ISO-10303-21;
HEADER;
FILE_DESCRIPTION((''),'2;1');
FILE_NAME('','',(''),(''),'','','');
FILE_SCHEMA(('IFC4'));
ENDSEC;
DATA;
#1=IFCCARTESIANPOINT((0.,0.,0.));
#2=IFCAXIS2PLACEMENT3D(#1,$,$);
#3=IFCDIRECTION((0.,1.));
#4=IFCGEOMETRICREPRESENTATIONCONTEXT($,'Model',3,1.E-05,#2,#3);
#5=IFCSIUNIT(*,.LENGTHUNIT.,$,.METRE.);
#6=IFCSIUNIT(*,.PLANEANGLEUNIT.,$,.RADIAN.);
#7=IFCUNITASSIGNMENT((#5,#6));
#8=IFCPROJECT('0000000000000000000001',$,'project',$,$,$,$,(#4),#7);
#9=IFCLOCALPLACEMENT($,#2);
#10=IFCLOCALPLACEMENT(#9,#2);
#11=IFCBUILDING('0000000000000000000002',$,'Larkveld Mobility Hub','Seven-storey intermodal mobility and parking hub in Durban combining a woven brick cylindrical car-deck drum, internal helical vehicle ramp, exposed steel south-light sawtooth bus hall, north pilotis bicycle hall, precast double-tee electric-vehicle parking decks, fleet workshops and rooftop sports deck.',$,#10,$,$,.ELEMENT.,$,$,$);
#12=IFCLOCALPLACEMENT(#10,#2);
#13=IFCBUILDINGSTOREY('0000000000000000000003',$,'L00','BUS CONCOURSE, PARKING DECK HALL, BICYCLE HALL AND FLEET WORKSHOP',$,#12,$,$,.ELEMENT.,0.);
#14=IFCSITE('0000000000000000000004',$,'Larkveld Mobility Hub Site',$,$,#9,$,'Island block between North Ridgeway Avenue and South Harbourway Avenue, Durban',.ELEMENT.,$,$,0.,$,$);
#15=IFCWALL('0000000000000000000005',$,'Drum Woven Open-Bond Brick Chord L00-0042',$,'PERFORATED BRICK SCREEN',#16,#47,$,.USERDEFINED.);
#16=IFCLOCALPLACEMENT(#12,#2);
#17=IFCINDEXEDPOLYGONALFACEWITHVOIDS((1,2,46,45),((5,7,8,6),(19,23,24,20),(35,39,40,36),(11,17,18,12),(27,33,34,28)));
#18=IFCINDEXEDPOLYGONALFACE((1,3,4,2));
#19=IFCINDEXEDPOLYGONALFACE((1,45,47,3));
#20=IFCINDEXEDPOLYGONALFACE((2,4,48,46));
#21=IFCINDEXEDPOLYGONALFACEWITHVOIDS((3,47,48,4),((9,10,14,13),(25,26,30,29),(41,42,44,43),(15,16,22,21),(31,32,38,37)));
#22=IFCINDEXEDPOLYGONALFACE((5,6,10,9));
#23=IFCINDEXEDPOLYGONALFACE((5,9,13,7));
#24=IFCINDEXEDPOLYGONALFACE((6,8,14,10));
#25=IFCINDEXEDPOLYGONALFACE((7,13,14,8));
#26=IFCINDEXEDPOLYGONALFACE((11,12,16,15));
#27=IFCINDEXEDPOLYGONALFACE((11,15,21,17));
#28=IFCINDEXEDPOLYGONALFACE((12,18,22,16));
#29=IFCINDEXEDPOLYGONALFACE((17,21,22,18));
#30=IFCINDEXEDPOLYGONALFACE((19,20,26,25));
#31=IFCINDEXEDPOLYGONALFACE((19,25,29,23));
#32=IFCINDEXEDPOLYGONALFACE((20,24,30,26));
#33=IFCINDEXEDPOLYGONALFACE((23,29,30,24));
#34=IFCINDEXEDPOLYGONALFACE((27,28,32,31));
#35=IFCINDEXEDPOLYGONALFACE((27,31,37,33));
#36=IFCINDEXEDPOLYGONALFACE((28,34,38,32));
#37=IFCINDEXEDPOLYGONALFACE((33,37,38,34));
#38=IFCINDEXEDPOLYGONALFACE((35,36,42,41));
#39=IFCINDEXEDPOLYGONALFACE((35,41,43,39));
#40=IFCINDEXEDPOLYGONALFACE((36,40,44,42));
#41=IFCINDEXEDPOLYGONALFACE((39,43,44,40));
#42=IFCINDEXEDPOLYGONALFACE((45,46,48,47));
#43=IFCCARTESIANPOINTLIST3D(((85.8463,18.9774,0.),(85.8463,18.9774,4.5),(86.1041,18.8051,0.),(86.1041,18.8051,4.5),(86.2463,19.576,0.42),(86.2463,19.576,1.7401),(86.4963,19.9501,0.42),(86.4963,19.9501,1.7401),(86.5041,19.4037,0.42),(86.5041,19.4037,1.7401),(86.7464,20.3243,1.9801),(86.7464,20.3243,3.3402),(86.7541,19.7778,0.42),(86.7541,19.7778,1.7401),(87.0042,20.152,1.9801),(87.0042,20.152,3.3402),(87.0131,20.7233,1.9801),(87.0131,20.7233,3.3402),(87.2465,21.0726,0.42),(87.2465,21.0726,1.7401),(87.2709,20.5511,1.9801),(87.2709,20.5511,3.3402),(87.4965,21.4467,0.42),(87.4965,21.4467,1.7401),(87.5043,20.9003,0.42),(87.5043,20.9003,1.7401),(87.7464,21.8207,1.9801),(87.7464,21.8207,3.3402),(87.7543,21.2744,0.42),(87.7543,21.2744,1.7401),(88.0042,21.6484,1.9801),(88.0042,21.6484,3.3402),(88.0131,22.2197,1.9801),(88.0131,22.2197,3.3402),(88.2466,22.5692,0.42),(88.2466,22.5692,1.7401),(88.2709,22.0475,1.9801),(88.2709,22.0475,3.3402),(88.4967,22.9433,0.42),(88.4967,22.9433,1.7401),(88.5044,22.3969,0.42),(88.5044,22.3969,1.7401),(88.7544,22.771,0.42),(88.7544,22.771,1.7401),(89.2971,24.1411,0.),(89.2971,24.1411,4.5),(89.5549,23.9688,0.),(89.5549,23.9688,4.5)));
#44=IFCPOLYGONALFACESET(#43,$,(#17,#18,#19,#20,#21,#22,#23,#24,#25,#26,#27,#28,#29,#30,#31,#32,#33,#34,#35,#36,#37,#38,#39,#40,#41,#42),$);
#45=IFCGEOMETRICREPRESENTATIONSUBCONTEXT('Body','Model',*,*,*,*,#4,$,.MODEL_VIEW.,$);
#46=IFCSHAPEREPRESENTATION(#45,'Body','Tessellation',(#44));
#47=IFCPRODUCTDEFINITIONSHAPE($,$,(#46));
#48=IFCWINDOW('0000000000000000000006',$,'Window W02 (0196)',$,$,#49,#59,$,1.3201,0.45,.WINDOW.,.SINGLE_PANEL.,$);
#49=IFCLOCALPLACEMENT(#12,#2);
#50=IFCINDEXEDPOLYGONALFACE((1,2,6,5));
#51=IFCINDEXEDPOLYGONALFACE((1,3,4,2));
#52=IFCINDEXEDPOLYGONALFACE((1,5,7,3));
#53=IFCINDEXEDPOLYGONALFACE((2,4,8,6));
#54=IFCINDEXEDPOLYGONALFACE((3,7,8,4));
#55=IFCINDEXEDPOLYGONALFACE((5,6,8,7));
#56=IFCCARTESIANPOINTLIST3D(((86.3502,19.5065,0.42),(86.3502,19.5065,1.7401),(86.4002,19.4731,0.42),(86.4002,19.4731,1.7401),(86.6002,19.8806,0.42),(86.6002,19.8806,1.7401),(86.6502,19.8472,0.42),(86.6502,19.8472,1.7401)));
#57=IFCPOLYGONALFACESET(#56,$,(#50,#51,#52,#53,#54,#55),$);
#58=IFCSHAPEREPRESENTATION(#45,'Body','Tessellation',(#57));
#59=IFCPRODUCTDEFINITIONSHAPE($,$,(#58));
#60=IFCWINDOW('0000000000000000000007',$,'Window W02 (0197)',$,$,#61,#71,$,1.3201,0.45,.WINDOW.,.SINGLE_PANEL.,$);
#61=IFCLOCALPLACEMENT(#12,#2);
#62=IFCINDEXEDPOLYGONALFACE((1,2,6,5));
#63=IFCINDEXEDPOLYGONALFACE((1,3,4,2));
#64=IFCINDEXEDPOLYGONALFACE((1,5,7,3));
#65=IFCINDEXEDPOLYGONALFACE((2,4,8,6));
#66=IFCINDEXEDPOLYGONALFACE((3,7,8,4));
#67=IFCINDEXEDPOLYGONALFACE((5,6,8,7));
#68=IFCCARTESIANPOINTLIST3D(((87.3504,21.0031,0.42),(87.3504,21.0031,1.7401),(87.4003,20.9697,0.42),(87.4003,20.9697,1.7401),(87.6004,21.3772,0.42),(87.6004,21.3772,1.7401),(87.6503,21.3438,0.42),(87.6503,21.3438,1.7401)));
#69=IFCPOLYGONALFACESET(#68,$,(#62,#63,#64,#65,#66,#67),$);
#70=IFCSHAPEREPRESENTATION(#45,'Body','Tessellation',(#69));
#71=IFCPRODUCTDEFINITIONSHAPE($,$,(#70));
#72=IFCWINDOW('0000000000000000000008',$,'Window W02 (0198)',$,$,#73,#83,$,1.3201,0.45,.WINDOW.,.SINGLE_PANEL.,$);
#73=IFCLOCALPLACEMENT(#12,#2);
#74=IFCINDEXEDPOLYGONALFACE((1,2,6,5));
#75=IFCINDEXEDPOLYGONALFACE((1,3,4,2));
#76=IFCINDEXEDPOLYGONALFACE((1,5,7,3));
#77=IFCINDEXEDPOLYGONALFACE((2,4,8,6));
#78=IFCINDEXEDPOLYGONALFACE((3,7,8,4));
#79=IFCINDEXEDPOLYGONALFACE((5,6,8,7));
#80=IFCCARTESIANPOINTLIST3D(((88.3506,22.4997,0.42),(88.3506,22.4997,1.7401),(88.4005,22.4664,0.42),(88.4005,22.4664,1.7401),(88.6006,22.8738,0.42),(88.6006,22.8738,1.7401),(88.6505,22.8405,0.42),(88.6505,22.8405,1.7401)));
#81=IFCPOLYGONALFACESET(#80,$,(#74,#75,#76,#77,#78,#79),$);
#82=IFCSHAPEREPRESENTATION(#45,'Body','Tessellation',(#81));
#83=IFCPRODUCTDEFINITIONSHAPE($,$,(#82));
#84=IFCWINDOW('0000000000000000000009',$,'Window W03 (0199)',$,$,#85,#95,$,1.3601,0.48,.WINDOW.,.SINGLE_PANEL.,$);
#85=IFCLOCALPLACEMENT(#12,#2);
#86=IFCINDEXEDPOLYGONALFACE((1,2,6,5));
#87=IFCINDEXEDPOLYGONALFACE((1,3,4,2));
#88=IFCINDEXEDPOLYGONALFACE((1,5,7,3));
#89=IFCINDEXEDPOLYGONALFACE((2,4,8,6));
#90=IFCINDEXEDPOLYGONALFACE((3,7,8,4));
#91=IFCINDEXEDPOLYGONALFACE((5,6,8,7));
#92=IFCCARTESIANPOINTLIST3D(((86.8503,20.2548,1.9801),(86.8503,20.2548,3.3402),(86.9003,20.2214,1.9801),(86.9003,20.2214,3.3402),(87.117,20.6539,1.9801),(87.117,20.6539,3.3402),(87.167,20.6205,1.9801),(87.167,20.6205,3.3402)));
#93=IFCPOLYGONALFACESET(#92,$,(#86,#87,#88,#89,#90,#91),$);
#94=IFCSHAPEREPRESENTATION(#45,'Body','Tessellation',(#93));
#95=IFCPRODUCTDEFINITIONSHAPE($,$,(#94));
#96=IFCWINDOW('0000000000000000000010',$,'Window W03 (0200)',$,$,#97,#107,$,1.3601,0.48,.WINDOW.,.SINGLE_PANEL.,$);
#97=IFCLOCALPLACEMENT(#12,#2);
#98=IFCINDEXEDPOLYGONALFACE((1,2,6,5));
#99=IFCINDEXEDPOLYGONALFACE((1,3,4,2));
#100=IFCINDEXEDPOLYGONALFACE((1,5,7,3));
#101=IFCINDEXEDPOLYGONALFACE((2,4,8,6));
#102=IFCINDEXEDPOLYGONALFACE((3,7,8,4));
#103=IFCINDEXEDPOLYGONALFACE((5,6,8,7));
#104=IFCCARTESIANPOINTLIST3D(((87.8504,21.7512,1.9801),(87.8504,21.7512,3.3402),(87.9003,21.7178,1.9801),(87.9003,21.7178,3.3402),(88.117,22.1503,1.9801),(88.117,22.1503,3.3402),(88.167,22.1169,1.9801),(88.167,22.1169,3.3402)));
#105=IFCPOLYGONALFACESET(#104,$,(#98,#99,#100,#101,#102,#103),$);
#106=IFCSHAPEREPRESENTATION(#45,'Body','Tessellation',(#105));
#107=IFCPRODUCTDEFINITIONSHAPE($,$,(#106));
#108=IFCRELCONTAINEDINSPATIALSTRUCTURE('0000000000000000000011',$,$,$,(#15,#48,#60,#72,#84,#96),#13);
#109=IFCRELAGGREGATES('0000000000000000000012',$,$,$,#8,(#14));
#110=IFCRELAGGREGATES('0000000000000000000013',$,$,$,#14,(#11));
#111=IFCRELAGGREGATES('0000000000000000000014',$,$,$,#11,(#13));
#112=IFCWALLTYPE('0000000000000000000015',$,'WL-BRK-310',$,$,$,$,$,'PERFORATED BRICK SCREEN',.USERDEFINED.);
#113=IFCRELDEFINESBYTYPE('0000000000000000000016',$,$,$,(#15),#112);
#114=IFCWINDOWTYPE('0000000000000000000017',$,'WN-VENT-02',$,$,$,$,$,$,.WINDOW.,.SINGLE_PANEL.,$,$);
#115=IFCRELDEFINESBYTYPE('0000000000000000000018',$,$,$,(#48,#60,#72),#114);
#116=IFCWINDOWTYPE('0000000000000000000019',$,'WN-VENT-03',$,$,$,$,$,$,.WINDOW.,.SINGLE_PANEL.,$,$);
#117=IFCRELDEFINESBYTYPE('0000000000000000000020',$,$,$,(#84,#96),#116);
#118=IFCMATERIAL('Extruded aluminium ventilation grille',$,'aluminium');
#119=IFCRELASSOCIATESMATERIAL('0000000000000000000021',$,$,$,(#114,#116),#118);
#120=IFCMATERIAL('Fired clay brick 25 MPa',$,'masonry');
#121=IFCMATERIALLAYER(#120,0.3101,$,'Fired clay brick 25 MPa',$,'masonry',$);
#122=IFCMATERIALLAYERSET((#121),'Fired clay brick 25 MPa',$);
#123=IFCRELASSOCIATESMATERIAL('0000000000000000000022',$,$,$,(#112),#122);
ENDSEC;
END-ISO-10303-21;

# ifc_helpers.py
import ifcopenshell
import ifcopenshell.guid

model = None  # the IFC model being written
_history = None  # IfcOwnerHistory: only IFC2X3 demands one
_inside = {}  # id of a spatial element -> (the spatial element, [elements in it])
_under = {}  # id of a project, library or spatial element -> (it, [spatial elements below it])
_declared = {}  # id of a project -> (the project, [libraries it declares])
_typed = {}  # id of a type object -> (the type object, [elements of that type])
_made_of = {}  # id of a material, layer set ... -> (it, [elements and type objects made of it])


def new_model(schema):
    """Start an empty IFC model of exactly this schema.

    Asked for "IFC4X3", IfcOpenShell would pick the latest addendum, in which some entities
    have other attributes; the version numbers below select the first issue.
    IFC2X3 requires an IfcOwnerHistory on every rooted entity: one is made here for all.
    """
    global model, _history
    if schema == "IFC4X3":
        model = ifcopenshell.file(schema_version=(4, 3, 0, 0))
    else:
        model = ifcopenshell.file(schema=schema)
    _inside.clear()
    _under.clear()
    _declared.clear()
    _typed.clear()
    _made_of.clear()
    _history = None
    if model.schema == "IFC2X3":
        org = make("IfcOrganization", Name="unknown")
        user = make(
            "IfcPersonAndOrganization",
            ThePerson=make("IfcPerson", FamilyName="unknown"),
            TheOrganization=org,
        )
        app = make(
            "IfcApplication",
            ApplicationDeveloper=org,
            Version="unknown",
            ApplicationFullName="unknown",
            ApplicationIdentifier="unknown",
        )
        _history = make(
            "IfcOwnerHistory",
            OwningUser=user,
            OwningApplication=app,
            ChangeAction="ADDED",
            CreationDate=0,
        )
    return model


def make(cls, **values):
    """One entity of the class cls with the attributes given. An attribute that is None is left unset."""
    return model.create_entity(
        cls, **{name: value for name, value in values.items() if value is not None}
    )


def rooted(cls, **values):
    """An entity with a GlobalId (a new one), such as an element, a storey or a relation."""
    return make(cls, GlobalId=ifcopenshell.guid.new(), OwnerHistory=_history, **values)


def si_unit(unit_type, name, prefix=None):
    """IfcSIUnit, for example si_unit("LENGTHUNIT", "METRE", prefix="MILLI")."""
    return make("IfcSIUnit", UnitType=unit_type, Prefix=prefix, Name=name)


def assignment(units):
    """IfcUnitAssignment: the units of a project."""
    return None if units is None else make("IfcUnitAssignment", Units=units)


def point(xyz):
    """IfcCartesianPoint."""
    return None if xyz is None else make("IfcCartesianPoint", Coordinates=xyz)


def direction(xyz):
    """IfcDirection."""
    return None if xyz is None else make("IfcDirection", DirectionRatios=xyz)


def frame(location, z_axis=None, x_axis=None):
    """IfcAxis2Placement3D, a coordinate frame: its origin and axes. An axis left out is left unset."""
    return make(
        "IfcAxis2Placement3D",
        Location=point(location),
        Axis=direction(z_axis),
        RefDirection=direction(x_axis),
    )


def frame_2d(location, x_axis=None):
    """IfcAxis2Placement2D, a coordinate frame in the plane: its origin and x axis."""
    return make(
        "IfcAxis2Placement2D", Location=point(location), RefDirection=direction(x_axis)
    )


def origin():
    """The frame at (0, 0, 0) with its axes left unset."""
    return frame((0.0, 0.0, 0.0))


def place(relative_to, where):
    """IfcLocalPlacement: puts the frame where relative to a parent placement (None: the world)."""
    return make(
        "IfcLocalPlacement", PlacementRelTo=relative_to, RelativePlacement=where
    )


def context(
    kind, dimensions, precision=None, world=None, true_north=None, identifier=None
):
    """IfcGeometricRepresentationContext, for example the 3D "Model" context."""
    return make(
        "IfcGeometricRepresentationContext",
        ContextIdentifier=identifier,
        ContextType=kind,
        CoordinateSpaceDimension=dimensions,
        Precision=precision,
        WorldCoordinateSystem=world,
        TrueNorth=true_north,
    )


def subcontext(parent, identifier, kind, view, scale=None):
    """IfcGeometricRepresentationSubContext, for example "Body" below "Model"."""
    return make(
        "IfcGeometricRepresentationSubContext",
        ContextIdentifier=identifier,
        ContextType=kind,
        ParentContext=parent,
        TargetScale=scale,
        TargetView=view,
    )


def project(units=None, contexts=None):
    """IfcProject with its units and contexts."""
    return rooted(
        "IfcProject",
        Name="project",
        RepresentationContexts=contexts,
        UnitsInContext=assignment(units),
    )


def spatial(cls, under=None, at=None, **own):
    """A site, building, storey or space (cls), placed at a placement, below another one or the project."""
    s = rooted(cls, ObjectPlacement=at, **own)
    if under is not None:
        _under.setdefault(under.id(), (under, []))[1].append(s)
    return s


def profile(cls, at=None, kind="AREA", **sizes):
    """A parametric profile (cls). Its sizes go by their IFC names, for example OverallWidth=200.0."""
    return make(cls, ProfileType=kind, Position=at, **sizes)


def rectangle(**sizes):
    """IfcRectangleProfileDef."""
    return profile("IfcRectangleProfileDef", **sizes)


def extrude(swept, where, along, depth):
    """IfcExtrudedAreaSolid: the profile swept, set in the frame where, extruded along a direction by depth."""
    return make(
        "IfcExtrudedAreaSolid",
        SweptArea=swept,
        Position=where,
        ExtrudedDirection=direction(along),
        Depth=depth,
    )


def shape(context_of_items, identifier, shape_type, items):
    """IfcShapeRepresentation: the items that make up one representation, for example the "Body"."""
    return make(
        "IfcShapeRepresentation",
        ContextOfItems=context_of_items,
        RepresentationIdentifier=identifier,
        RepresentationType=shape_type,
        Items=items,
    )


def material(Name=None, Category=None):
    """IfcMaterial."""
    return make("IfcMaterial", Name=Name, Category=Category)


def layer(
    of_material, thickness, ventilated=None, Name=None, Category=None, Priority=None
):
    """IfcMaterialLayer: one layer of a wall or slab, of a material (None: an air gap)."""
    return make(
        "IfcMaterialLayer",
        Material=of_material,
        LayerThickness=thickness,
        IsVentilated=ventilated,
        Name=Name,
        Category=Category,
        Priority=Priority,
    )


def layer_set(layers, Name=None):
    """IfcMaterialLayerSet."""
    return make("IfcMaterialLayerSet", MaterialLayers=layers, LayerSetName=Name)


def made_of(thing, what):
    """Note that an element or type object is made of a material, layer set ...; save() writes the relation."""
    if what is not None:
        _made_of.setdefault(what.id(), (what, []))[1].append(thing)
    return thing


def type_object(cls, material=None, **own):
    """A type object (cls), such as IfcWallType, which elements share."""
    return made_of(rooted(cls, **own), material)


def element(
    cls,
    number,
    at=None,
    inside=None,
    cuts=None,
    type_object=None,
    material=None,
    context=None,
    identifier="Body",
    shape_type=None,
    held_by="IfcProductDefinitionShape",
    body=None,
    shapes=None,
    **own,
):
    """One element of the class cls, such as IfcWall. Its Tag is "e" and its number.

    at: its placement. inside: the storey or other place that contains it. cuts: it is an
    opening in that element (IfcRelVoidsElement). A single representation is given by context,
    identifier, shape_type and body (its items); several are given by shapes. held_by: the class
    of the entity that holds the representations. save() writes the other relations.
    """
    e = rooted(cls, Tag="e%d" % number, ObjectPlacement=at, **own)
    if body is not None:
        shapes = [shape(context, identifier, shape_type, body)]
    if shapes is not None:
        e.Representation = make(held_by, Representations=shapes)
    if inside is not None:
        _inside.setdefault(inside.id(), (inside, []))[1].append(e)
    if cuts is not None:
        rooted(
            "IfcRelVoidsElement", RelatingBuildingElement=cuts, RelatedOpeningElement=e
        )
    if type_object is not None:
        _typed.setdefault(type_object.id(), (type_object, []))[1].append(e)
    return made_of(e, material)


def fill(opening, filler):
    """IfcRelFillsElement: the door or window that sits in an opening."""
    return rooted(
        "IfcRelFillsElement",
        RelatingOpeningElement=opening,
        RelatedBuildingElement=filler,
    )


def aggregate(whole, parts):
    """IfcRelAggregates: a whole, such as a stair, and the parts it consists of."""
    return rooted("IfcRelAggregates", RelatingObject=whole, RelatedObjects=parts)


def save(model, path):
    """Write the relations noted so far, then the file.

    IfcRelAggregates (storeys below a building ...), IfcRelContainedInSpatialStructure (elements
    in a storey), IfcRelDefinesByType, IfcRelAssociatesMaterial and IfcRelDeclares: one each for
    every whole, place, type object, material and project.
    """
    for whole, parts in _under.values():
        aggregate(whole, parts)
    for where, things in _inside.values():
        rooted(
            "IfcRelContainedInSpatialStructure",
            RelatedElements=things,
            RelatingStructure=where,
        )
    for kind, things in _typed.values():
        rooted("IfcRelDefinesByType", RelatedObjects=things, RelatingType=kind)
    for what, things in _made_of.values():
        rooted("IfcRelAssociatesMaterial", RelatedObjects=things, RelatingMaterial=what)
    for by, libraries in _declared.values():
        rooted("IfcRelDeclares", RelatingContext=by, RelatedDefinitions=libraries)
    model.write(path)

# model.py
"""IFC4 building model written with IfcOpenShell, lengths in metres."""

from ifc_helpers import new_model, si_unit, direction, frame, frame_2d, origin, place, context, subcontext, project, spatial, rectangle, extrude, material, layer, layer_set, type_object, element, fill, save


model = new_model("IFC4")

# Units and contexts
model_context = context("Model", 3, precision=1e-05, world=origin(), true_north=direction((0.0, 1.0)))
body_context = subcontext(model_context, "Body", "Model", "MODEL_VIEW")
ifc_project = project(units=[si_unit("LENGTHUNIT", "METRE"), si_unit("PLANEANGLEUNIT", "RADIAN")], contexts=[model_context])

# Site, building, storey
site_placement = place(None, origin())
site = spatial("IfcSite", under=ifc_project, at=site_placement, Name="Larkveld Mobility Hub Site", LongName="Island block between North Ridgeway Avenue and South Harbourway Avenue, Durban", CompositionType="ELEMENT", RefElevation=0.0)
building_placement = place(site_placement, origin())
building = spatial("IfcBuilding", under=site, at=building_placement, Name="Larkveld Mobility Hub", Description="Seven-storey intermodal mobility and parking hub in Durban combining a woven brick cylindrical car-deck drum, internal helical vehicle ramp, exposed steel south-light sawtooth bus hall, north pilotis bicycle hall, precast double-tee electric-vehicle parking decks, fleet workshops and rooftop sports deck.", CompositionType="ELEMENT")
storey_placement = place(building_placement, origin())
storey = spatial("IfcBuildingStorey", under=building, at=storey_placement, Name="L00", Description="BUS CONCOURSE, PARKING DECK HALL, BICYCLE HALL AND FLEET WORKSHOP", CompositionType="ELEMENT", Elevation=0.0)

# Wall, openings, windows
ifc_material_1 = material(Name="Fired clay brick 25 MPa", Category="masonry")
ifc_material_2 = material(Name="Extruded aluminium ventilation grille", Category="aluminium")
window_type_1 = type_object("IfcWindowType", Name="WN-VENT-02", PartitioningType="SINGLE_PANEL", PredefinedType="WINDOW", material=ifc_material_2)
ifc_layer_1 = layer(ifc_material_1, 0.3101, Name="Fired clay brick 25 MPa", Category="masonry")
ifc_layer_set_1 = layer_set([ifc_layer_1], Name="Fired clay brick 25 MPa")
wall_type_1 = type_object("IfcWallType", Name="WL-BRK-310", ElementType="PERFORATED BRICK SCREEN", PredefinedType="USERDEFINED", material=ifc_layer_set_1)
wall_1_placement = place(storey_placement, frame((85.9751, 18.8911, 0.0), z_axis=(0.0, 0.0, 1.0), x_axis=(0.555634, 0.831427, 0.0)))
wall_1 = element("IfcWall", 1, at=wall_1_placement, inside=storey, type_object=wall_type_1, Name="Drum Woven Open-Bond Brick Chord L00-0042", ObjectType="PERFORATED BRICK SCREEN", PredefinedType="USERDEFINED", context=body_context, shape_type="SweptSolid", body=[
    extrude(rectangle(XDim=6.2107, YDim=0.3101, at=frame_2d((3.1055, 0.0))), origin(), (0.0, 0.0, 1.0), 4.5),
])
opening_1_placement = place(wall_1_placement, frame((0.72, 0.0, 0.4199)))
opening_1 = element("IfcOpeningElement", 2, at=opening_1_placement, cuts=wall_1, PredefinedType="OPENING", context=body_context, shape_type="SweptSolid", body=[
    extrude(rectangle(XDim=0.45, YDim=1.3201, at=frame_2d((0.2251, 0.6602))), frame((0.0, 0.165, 0.0), z_axis=(0.0, -1.0, 0.0), x_axis=(1.0, 0.0, 0.0)), (0.0, 0.0, 1.0), 0.3301),
])
opening_2_placement = place(wall_1_placement, frame((2.52, 0.0, 0.4199)))
opening_2 = element("IfcOpeningElement", 3, at=opening_2_placement, cuts=wall_1, PredefinedType="OPENING", context=body_context, shape_type="SweptSolid", body=[
    extrude(rectangle(XDim=0.45, YDim=1.3201, at=frame_2d((0.2251, 0.6602))), frame((0.0, 0.165, 0.0), z_axis=(0.0, -1.0, 0.0), x_axis=(1.0, 0.0, 0.0)), (0.0, 0.0, 1.0), 0.3301),
])
opening_3_placement = place(wall_1_placement, frame((4.3201, 0.0, 0.4199)))
opening_3 = element("IfcOpeningElement", 4, at=opening_3_placement, cuts=wall_1, PredefinedType="OPENING", context=body_context, shape_type="SweptSolid", body=[
    extrude(rectangle(XDim=0.45, YDim=1.3201, at=frame_2d((0.2251, 0.6602))), frame((0.0, 0.165, 0.0), z_axis=(0.0, -1.0, 0.0), x_axis=(1.0, 0.0, 0.0)), (0.0, 0.0, 1.0), 0.3301),
])
opening_4_placement = place(wall_1_placement, frame((1.6201, 0.0, 1.98)))
opening_4 = element("IfcOpeningElement", 5, at=opening_4_placement, cuts=wall_1, PredefinedType="OPENING", context=body_context, shape_type="SweptSolid", body=[
    extrude(rectangle(XDim=0.48, YDim=1.3601, at=frame_2d((0.24, 0.6802))), frame((0.0, 0.165, 0.0), z_axis=(0.0, -1.0, 0.0), x_axis=(1.0, 0.0, 0.0)), (0.0, 0.0, 1.0), 0.3301),
])
opening_5_placement = place(wall_1_placement, frame((3.4199, 0.0, 1.98)))
opening_5 = element("IfcOpeningElement", 6, at=opening_5_placement, cuts=wall_1, PredefinedType="OPENING", context=body_context, shape_type="SweptSolid", body=[
    extrude(rectangle(XDim=0.48, YDim=1.3601, at=frame_2d((0.24, 0.6802))), frame((0.0, 0.165, 0.0), z_axis=(0.0, -1.0, 0.0), x_axis=(1.0, 0.0, 0.0)), (0.0, 0.0, 1.0), 0.3301),
])
window_1_placement = place(opening_1_placement, origin())
window_1 = element("IfcWindow", 7, at=window_1_placement, inside=storey, type_object=window_type_1, Name="Window W02 (0196)", OverallHeight=1.3201, OverallWidth=0.45, PartitioningType="SINGLE_PANEL", PredefinedType="WINDOW", context=body_context, shape_type="SweptSolid", body=[
    extrude(rectangle(XDim=0.45, YDim=1.3201, at=frame_2d((0.2251, 0.6602))), frame((0.0, 0.03, 0.0), z_axis=(0.0, -1.0, 0.0), x_axis=(1.0, 0.0, 0.0)), (0.0, 0.0, 1.0), 0.0601),
])
fill(opening_1, window_1)
window_2_placement = place(opening_2_placement, origin())
window_2 = element("IfcWindow", 8, at=window_2_placement, inside=storey, type_object=window_type_1, Name="Window W02 (0197)", OverallHeight=1.3201, OverallWidth=0.45, PartitioningType="SINGLE_PANEL", PredefinedType="WINDOW", context=body_context, shape_type="SweptSolid", body=[
    extrude(rectangle(XDim=0.45, YDim=1.3201, at=frame_2d((0.2251, 0.6602))), frame((0.0, 0.03, 0.0), z_axis=(0.0, -1.0, 0.0), x_axis=(1.0, 0.0, 0.0)), (0.0, 0.0, 1.0), 0.0601),
])
fill(opening_2, window_2)
window_3_placement = place(opening_3_placement, origin())
window_3 = element("IfcWindow", 9, at=window_3_placement, inside=storey, type_object=window_type_1, Name="Window W02 (0198)", OverallHeight=1.3201, OverallWidth=0.45, PartitioningType="SINGLE_PANEL", PredefinedType="WINDOW", context=body_context, shape_type="SweptSolid", body=[
    extrude(rectangle(XDim=0.45, YDim=1.3201, at=frame_2d((0.2251, 0.6602))), frame((0.0, 0.03, 0.0), z_axis=(0.0, -1.0, 0.0), x_axis=(1.0, 0.0, 0.0)), (0.0, 0.0, 1.0), 0.0601),
])
fill(opening_3, window_3)
window_type_2 = type_object("IfcWindowType", Name="WN-VENT-03", PartitioningType="SINGLE_PANEL", PredefinedType="WINDOW", material=ifc_material_2)
window_4_placement = place(opening_4_placement, origin())
window_4 = element("IfcWindow", 10, at=window_4_placement, inside=storey, type_object=window_type_2, Name="Window W03 (0199)", OverallHeight=1.3601, OverallWidth=0.48, PartitioningType="SINGLE_PANEL", PredefinedType="WINDOW", context=body_context, shape_type="SweptSolid", body=[
    extrude(rectangle(XDim=0.48, YDim=1.3601, at=frame_2d((0.24, 0.6802))), frame((0.0, 0.03, 0.0), z_axis=(0.0, -1.0, 0.0), x_axis=(1.0, 0.0, 0.0)), (0.0, 0.0, 1.0), 0.0601),
])
fill(opening_4, window_4)
window_5_placement = place(opening_5_placement, origin())
window_5 = element("IfcWindow", 11, at=window_5_placement, inside=storey, type_object=window_type_2, Name="Window W03 (0200)", OverallHeight=1.3601, OverallWidth=0.48, PartitioningType="SINGLE_PANEL", PredefinedType="WINDOW", context=body_context, shape_type="SweptSolid", body=[
    extrude(rectangle(XDim=0.48, YDim=1.3601, at=frame_2d((0.24, 0.6802))), frame((0.0, 0.03, 0.0), z_axis=(0.0, -1.0, 0.0), x_axis=(1.0, 0.0, 0.0)), (0.0, 0.0, 1.0), 0.0601),
])
fill(opening_5, window_5)

save(model, "model.ifc")
